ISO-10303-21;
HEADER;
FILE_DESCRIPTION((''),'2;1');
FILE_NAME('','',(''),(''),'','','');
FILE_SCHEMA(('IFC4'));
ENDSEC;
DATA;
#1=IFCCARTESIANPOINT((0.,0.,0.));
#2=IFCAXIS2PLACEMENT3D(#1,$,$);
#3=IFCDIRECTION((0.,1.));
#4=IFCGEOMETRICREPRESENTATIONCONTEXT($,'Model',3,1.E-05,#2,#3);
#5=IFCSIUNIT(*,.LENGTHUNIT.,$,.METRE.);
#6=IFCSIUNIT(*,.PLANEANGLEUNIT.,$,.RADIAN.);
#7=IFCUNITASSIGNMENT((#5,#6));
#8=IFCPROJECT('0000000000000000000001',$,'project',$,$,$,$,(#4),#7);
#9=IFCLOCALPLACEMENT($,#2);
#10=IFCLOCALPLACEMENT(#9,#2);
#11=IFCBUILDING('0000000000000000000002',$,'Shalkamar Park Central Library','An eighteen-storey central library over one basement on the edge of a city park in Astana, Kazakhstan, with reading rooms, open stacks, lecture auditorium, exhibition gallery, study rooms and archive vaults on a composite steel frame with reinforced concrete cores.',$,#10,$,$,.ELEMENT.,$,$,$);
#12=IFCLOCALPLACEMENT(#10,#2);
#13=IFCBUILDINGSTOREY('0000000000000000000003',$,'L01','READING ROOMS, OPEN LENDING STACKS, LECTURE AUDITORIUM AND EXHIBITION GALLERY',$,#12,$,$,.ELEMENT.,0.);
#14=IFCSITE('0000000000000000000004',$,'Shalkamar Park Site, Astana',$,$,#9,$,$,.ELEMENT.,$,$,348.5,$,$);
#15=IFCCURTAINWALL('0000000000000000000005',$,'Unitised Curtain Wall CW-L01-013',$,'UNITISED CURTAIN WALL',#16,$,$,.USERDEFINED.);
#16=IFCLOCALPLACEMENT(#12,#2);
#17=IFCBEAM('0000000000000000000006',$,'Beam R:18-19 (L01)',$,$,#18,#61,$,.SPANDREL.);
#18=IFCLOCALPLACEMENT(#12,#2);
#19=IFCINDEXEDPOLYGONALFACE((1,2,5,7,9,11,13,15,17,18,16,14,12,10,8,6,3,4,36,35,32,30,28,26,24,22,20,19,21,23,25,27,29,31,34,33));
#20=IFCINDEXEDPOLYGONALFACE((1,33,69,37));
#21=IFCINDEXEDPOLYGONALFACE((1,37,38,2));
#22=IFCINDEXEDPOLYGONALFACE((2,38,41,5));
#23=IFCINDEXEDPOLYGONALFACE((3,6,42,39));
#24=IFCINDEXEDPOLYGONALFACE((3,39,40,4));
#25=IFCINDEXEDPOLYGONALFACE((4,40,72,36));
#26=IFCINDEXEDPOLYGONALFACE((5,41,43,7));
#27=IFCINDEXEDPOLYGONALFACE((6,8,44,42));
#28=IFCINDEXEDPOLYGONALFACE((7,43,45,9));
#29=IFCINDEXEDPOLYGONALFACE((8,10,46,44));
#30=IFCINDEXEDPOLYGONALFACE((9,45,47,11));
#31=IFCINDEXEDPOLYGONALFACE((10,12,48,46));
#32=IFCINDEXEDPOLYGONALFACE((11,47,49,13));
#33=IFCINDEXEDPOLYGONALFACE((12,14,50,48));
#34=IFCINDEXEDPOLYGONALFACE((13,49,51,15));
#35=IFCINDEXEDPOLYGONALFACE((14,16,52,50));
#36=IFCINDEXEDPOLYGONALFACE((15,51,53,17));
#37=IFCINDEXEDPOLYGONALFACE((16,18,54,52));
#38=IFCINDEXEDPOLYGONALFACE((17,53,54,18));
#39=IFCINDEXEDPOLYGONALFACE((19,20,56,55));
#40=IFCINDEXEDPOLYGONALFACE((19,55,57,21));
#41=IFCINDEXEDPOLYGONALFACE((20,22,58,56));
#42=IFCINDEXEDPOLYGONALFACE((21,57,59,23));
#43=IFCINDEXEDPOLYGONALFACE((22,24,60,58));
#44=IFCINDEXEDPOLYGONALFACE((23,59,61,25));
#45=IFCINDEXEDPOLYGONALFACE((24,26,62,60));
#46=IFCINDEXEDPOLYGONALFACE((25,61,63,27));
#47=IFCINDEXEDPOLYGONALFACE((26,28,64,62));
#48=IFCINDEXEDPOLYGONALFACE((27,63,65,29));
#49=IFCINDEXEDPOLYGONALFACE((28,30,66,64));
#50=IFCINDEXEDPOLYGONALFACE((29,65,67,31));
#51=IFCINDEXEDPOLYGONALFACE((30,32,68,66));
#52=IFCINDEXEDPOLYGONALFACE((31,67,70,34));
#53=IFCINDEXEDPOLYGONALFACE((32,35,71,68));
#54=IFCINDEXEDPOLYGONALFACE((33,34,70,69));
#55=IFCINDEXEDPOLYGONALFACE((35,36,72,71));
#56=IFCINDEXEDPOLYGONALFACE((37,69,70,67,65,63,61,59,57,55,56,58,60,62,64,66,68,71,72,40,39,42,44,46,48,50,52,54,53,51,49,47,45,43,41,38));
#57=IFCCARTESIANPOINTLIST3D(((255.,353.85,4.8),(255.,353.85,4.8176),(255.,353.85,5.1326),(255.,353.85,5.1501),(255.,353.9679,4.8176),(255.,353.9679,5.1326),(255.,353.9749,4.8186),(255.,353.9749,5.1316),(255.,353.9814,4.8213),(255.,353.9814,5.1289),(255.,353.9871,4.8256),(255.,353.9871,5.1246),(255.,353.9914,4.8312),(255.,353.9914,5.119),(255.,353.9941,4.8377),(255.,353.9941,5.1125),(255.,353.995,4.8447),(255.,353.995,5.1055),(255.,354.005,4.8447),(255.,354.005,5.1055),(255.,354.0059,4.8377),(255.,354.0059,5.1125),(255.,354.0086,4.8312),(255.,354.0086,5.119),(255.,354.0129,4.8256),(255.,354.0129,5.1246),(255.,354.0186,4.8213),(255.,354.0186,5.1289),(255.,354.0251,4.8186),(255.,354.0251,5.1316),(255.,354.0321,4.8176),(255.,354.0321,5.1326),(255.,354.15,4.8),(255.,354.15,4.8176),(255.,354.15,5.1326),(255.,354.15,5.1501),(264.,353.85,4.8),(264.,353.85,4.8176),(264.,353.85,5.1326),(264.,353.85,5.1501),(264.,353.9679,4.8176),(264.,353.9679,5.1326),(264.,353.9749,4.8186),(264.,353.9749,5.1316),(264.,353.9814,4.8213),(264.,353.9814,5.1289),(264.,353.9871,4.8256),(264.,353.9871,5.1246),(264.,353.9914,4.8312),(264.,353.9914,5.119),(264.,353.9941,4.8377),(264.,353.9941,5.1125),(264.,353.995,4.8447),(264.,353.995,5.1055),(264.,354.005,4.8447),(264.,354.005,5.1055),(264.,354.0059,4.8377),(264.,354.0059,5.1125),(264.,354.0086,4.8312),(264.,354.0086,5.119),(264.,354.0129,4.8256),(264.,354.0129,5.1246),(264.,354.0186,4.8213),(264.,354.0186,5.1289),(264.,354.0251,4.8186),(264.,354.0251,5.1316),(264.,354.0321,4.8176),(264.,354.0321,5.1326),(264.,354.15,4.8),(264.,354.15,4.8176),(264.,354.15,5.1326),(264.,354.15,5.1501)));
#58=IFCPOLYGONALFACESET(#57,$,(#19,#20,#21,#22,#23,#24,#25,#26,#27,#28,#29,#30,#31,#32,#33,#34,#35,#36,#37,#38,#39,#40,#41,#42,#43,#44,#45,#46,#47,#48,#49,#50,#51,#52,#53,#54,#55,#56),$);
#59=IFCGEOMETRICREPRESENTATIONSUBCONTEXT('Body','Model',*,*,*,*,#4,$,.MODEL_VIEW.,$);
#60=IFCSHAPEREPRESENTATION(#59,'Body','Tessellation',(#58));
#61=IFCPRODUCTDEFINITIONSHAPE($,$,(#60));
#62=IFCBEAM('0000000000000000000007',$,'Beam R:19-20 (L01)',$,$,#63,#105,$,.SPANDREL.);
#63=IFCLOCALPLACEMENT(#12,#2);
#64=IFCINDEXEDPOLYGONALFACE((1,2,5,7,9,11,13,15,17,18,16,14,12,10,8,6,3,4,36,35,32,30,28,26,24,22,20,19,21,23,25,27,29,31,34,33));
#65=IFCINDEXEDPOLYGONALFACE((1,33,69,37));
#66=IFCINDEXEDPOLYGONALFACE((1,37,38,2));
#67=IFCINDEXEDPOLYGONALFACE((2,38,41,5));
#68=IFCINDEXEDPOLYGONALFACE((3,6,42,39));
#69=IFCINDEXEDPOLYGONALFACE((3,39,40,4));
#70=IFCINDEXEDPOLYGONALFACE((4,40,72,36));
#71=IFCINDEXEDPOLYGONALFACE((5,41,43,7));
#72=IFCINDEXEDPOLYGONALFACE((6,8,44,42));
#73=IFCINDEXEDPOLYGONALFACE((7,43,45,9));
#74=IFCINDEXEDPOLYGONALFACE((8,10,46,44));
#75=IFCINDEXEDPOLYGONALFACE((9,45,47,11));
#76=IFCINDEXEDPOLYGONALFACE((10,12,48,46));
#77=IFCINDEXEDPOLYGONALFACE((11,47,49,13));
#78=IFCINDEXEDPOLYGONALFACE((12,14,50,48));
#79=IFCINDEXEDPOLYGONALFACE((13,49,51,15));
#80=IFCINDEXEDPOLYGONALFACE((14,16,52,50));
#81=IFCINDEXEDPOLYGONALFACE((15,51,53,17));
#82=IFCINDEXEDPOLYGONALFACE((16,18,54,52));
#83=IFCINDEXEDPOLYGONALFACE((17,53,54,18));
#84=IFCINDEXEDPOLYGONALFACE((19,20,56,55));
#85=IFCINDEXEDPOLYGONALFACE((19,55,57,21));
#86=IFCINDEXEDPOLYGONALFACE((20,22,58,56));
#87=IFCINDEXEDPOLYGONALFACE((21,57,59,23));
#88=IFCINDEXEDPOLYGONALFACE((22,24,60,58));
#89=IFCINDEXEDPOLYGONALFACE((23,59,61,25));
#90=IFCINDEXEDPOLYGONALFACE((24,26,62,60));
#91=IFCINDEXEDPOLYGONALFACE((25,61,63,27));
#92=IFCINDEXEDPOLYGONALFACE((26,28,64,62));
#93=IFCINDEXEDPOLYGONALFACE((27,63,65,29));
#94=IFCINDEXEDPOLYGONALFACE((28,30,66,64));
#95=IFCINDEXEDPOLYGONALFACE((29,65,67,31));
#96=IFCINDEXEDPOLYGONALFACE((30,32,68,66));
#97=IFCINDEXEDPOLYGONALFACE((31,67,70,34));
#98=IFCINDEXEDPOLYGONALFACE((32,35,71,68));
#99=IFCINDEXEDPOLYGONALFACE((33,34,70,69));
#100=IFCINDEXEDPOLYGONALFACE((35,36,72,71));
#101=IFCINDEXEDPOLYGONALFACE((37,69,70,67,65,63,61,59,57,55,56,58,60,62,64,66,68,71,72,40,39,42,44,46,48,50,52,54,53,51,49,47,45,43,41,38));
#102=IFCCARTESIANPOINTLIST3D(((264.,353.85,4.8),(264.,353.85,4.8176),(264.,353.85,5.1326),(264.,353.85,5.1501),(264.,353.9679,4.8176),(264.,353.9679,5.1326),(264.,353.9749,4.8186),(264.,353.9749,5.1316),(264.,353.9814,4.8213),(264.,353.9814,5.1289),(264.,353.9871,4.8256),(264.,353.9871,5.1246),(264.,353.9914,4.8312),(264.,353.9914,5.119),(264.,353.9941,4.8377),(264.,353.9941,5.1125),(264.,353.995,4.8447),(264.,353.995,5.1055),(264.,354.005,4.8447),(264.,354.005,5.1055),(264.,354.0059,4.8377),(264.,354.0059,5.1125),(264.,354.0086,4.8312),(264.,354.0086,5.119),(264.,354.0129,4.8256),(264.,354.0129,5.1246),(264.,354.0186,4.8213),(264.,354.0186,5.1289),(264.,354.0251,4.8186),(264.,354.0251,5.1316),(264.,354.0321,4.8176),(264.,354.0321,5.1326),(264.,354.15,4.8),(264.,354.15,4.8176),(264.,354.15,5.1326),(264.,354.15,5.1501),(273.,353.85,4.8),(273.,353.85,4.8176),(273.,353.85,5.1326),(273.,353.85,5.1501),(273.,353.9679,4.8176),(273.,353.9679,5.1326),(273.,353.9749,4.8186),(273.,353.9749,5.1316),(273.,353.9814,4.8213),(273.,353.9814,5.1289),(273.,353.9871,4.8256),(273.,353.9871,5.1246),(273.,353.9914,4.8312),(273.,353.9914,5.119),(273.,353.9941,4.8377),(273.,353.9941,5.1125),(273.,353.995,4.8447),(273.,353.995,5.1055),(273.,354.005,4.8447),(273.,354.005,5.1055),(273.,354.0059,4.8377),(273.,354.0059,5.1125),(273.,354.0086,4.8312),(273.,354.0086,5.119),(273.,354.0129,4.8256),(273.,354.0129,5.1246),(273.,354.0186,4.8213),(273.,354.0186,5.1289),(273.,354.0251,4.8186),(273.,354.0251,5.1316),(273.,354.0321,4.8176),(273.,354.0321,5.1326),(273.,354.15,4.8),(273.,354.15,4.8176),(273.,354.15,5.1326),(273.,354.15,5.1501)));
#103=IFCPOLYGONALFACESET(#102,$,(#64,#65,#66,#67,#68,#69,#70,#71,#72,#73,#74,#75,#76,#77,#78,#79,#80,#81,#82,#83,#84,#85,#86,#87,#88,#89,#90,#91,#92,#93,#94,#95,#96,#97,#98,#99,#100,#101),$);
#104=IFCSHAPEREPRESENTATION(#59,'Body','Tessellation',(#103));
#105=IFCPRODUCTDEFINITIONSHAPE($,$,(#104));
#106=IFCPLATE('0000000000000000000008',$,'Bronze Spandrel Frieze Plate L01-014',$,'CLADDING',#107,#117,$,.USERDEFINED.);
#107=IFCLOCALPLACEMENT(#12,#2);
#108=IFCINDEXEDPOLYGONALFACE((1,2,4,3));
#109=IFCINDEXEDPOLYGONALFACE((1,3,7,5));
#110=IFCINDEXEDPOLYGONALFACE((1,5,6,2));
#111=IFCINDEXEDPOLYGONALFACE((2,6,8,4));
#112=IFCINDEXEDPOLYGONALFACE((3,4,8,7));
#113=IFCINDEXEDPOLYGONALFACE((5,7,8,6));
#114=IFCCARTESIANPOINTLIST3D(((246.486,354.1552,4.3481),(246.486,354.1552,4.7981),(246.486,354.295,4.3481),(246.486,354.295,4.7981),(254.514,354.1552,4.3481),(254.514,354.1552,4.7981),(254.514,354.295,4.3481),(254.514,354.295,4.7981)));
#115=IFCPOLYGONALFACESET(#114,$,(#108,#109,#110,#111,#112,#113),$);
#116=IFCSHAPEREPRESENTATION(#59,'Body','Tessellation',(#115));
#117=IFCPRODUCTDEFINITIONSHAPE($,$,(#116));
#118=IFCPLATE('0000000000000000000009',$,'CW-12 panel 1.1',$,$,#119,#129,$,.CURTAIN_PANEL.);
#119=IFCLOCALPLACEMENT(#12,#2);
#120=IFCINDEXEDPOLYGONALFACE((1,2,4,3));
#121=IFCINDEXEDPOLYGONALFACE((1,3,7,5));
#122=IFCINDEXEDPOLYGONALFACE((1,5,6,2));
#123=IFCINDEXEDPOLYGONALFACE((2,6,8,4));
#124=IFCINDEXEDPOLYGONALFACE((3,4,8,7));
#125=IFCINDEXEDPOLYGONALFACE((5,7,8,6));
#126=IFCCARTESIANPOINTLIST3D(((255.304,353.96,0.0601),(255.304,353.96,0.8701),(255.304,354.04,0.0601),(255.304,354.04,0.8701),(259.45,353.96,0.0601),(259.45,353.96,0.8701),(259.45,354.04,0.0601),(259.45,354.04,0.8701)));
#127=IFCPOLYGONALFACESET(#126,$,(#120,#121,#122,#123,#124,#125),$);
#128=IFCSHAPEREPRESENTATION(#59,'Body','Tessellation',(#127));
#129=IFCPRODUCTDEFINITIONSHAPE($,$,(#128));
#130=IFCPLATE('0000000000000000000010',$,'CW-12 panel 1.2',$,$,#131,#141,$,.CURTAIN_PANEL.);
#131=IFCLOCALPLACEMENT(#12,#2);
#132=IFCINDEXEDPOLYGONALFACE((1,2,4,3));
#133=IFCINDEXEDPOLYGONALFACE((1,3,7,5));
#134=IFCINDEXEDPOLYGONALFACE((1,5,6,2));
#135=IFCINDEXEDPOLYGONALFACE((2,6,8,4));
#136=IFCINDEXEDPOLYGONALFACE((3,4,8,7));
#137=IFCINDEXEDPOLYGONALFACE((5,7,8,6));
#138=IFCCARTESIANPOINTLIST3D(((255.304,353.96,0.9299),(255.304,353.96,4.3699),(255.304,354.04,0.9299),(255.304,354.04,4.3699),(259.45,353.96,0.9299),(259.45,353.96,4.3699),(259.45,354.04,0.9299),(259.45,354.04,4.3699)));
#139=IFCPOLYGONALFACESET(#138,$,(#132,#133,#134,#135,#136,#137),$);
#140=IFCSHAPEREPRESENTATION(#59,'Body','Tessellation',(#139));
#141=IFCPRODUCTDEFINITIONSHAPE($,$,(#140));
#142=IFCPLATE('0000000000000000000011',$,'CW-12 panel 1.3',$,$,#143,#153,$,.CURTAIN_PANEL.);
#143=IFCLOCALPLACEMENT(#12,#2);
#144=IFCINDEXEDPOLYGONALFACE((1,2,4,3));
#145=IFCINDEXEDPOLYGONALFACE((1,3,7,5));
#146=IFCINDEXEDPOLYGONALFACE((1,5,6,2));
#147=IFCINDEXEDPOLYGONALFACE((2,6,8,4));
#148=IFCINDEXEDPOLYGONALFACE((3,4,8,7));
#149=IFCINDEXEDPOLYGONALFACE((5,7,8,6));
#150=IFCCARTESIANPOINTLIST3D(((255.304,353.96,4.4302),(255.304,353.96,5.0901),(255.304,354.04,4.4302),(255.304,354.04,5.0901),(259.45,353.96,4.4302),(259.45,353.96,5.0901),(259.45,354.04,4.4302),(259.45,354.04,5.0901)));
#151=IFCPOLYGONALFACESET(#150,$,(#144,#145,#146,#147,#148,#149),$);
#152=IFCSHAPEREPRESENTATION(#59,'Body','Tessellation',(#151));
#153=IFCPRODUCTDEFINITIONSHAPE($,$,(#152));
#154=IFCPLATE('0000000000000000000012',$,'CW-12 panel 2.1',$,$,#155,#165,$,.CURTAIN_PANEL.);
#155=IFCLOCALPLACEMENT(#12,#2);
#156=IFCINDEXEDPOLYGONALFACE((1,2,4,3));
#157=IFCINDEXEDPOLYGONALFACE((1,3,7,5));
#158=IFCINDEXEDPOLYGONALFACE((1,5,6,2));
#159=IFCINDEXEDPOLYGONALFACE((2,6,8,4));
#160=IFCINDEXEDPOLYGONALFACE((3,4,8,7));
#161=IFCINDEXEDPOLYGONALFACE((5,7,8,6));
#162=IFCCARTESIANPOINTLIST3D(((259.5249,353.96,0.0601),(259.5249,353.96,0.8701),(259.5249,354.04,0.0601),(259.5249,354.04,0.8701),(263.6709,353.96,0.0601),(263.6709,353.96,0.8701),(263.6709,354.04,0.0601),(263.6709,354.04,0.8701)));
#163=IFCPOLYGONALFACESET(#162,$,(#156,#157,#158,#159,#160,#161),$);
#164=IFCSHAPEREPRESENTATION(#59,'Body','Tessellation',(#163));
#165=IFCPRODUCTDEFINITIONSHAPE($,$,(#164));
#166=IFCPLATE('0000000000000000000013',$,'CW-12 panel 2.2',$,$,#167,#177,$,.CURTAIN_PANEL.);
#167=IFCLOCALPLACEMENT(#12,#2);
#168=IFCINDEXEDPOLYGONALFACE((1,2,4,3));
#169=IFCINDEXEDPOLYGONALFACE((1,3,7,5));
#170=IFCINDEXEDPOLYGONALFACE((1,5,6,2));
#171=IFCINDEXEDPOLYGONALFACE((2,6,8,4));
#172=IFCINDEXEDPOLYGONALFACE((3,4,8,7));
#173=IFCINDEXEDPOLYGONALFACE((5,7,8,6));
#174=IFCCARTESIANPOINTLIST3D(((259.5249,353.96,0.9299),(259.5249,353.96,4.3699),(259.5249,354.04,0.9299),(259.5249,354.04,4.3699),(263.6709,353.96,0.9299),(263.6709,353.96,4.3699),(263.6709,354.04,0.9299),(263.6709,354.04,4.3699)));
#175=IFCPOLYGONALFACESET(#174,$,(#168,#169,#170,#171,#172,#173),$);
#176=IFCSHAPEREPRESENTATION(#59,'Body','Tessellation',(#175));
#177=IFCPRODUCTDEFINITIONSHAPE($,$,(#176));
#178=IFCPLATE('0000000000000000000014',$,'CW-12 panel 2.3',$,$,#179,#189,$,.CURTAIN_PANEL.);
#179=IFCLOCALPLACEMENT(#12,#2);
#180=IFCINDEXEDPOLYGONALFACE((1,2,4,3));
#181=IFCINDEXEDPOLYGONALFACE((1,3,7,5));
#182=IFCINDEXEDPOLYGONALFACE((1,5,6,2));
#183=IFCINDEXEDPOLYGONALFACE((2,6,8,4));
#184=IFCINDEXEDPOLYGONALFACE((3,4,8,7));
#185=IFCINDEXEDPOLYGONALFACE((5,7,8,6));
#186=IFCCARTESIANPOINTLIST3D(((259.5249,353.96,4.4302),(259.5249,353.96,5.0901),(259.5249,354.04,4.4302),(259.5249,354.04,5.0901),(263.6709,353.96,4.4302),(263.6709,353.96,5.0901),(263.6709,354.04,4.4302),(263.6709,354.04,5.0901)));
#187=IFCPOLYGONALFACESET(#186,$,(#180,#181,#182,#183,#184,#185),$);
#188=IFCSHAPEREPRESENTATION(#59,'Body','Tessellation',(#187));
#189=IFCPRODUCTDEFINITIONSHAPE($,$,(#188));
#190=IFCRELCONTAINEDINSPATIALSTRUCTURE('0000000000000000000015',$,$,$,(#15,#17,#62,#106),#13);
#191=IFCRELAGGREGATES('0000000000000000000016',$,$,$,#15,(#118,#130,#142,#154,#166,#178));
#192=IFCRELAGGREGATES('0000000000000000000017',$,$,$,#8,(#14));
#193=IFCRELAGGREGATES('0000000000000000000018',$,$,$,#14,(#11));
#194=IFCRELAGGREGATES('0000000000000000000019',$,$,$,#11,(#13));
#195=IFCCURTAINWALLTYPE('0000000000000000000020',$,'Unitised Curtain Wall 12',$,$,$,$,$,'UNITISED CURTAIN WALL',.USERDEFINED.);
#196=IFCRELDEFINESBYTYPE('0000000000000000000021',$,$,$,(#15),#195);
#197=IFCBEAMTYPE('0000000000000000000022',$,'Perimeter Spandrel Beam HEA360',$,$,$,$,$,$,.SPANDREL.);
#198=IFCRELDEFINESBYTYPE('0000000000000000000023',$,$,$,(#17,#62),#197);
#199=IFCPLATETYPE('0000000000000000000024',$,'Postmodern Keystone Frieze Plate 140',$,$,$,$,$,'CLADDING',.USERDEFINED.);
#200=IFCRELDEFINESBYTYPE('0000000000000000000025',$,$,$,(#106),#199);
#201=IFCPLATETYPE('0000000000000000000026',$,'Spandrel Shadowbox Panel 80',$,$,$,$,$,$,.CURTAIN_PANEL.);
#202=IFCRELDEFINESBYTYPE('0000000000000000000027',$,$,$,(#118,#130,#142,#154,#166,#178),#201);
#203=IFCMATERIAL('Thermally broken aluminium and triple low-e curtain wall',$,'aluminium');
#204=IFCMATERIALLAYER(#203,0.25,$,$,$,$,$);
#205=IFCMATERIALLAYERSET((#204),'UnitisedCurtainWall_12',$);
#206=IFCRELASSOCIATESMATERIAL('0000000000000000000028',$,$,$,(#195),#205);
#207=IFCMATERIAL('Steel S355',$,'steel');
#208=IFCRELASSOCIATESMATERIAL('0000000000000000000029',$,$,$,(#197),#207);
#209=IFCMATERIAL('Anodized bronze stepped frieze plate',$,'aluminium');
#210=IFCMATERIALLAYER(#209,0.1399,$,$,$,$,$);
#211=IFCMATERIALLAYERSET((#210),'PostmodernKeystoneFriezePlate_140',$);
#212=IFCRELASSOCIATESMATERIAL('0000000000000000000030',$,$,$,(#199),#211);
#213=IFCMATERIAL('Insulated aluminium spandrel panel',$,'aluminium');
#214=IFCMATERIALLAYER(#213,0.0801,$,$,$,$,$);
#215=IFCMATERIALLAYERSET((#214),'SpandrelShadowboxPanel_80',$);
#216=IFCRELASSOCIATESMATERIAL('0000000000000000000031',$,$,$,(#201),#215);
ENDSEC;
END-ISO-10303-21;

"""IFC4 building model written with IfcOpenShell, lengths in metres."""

from ifc_helpers import new_model, si_unit, direction, frame, origin, origin_2d, place, context, subcontext, project, spatial, rectangle, i_section, extrude, material, layer, layer_set, material_profile, profile_set, type_object, element, aggregate, save


model = new_model("IFC4")

# Units and contexts
model_context = context("Model", 3, precision=1e-05, world=origin(), true_north=direction((0.0, 1.0)))
body_context = subcontext(model_context, "Body", "Model", "MODEL_VIEW")
ifc_project = project(units=[si_unit("LENGTHUNIT", "METRE"), si_unit("PLANEANGLEUNIT", "RADIAN")], contexts=[model_context])

# Site, building, storey
site_placement = place(None, origin())
site = spatial("IfcSite", under=ifc_project, at=site_placement, Name="Shalkamar Park Site, Astana", CompositionType="ELEMENT", RefElevation=348.5)
building_placement = place(site_placement, origin())
building = spatial("IfcBuilding", under=site, at=building_placement, Name="Shalkamar Park Central Library", Description="An eighteen-storey central library over one basement on the edge of a city park in Astana, Kazakhstan, with reading rooms, open stacks, lecture auditorium, exhibition gallery, study rooms and archive vaults on a composite steel frame with reinforced concrete cores.", CompositionType="ELEMENT")
storey_placement = place(building_placement, origin())
storey = spatial("IfcBuildingStorey", under=building, at=storey_placement, Name="L01", Description="READING ROOMS, OPEN LENDING STACKS, LECTURE AUDITORIUM AND EXHIBITION GALLERY", CompositionType="ELEMENT", Elevation=0.0)

# Shared definitions
ifc_material_1 = material(Name="Steel S355", Category="steel")

# Curtain wall
ifc_material_2 = material(Name="Thermally broken aluminium and triple low-e curtain wall", Category="aluminium")
ifc_layer_1 = layer(ifc_material_2, 0.25)
ifc_layer_set_1 = layer_set([ifc_layer_1], Name="UnitisedCurtainWall_12")
curtain_wall_type = type_object("IfcCurtainWallType", Name="Unitised Curtain Wall 12", ElementType="UNITISED CURTAIN WALL", PredefinedType="USERDEFINED", material=ifc_layer_set_1)
curtain_wall_placement = place(storey_placement, origin())
curtain_wall = element("IfcCurtainWall", 1, at=curtain_wall_placement, inside=storey, type_object=curtain_wall_type, Name="Unitised Curtain Wall CW-L01-013", ObjectType="UNITISED CURTAIN WALL", PredefinedType="USERDEFINED")

# Beams
ifc_material_profile_1 = material_profile(ifc_material_1, i_section(OverallWidth=0.3, OverallDepth=0.3501, WebThickness=0.01, FlangeThickness=0.0176, FilletRadius=0.0271, at=origin_2d()), Name="HEA 360")
ifc_profile_set_1 = profile_set([ifc_material_profile_1], Name="Steel S355")
beam_type_1 = type_object("IfcBeamType", Name="Perimeter Spandrel Beam HEA360", PredefinedType="SPANDREL", material=ifc_profile_set_1)
for number, where, z_axis, x_axis, name in (
    (2, (255.0, 354.0, 4.9751), (1.0, 0.0, 0.0), (0.0, 1.0, 0.0), "Beam R:18-19 (L01)"),
    (3, (264.0, 354.0, 4.9751), (1.0, 0.0, 0.0), (0.0, 1.0, 0.0), "Beam R:19-20 (L01)"),
):
    element("IfcBeam", number, at=place(storey_placement, frame(where, z_axis=z_axis, x_axis=x_axis)), inside=storey, type_object=beam_type_1, Name=name, PredefinedType="SPANDREL", context=body_context, shape_type="SweptSolid", body=[
        extrude(i_section(OverallWidth=0.3, OverallDepth=0.3501, WebThickness=0.01, FlangeThickness=0.0176, FilletRadius=0.0271, at=origin_2d()), origin(), (0.0, 0.0, 1.0), 9.0),
    ])

# Plates
ifc_material_3 = material(Name="Anodized bronze stepped frieze plate", Category="aluminium")
ifc_layer_2 = layer(ifc_material_3, 0.1399)
ifc_layer_set_2 = layer_set([ifc_layer_2], Name="PostmodernKeystoneFriezePlate_140")
plate_type_1 = type_object("IfcPlateType", Name="Postmodern Keystone Frieze Plate 140", ElementType="CLADDING", PredefinedType="USERDEFINED", material=ifc_layer_set_2)
plate_1_placement = place(storey_placement, frame((250.5, 354.2251, 4.3481), z_axis=(0.0, 0.0, 1.0), x_axis=(1.0, 0.0, 0.0)))
element("IfcPlate", 4, at=plate_1_placement, inside=storey, type_object=plate_type_1, Name="Bronze Spandrel Frieze Plate L01-014", ObjectType="CLADDING", PredefinedType="USERDEFINED", context=body_context, shape_type="SweptSolid", body=[
    extrude(rectangle(XDim=8.0281, YDim=0.1399, at=origin_2d()), origin(), (0.0, 0.0, 1.0), 0.45),
])
ifc_material_4 = material(Name="Insulated aluminium spandrel panel", Category="aluminium")
ifc_layer_3 = layer(ifc_material_4, 0.0801)
ifc_layer_set_3 = layer_set([ifc_layer_3], Name="SpandrelShadowboxPanel_80")
plate_type_2 = type_object("IfcPlateType", Name="Spandrel Shadowbox Panel 80", PredefinedType="CURTAIN_PANEL", material=ifc_layer_set_3)
plate_2_placement = place(storey_placement, frame((257.377, 354.0, 0.0601), z_axis=(0.0, 0.0, 1.0), x_axis=(1.0, 0.0, 0.0)))
plate_2 = element("IfcPlate", 5, at=plate_2_placement, type_object=plate_type_2, Name="CW-12 panel 1.1", PredefinedType="CURTAIN_PANEL", context=body_context, shape_type="SweptSolid", body=[
    extrude(rectangle(XDim=4.146, YDim=0.0801, at=origin_2d()), origin(), (0.0, 0.0, 1.0), 0.8101),
])
plate_3_placement = place(storey_placement, frame((257.377, 354.0, 0.9299), z_axis=(0.0, 0.0, 1.0), x_axis=(1.0, 0.0, 0.0)))
plate_3 = element("IfcPlate", 6, at=plate_3_placement, type_object=plate_type_2, Name="CW-12 panel 1.2", PredefinedType="CURTAIN_PANEL", context=body_context, shape_type="SweptSolid", body=[
    extrude(rectangle(XDim=4.146, YDim=0.0801, at=origin_2d()), origin(), (0.0, 0.0, 1.0), 3.4399),
])
plate_4_placement = place(storey_placement, frame((257.377, 354.0, 4.4302), z_axis=(0.0, 0.0, 1.0), x_axis=(1.0, 0.0, 0.0)))
plate_4 = element("IfcPlate", 7, at=plate_4_placement, type_object=plate_type_2, Name="CW-12 panel 1.3", PredefinedType="CURTAIN_PANEL", context=body_context, shape_type="SweptSolid", body=[
    extrude(rectangle(XDim=4.146, YDim=0.0801, at=origin_2d()), origin(), (0.0, 0.0, 1.0), 0.6599),
])
plate_5_placement = place(storey_placement, frame((261.5979, 354.0, 0.0601), z_axis=(0.0, 0.0, 1.0), x_axis=(1.0, 0.0, 0.0)))
plate_5 = element("IfcPlate", 8, at=plate_5_placement, type_object=plate_type_2, Name="CW-12 panel 2.1", PredefinedType="CURTAIN_PANEL", context=body_context, shape_type="SweptSolid", body=[
    extrude(rectangle(XDim=4.146, YDim=0.0801, at=origin_2d()), origin(), (0.0, 0.0, 1.0), 0.8101),
])
plate_6_placement = place(storey_placement, frame((261.5979, 354.0, 0.9299), z_axis=(0.0, 0.0, 1.0), x_axis=(1.0, 0.0, 0.0)))
plate_6 = element("IfcPlate", 9, at=plate_6_placement, type_object=plate_type_2, Name="CW-12 panel 2.2", PredefinedType="CURTAIN_PANEL", context=body_context, shape_type="SweptSolid", body=[
    extrude(rectangle(XDim=4.146, YDim=0.0801, at=origin_2d()), origin(), (0.0, 0.0, 1.0), 3.4399),
])
plate_7_placement = place(storey_placement, frame((261.5979, 354.0, 4.4302), z_axis=(0.0, 0.0, 1.0), x_axis=(1.0, 0.0, 0.0)))
plate_7 = element("IfcPlate", 10, at=plate_7_placement, type_object=plate_type_2, Name="CW-12 panel 2.3", PredefinedType="CURTAIN_PANEL", context=body_context, shape_type="SweptSolid", body=[
    extrude(rectangle(XDim=4.146, YDim=0.0801, at=origin_2d()), origin(), (0.0, 0.0, 1.0), 0.6599),
])
aggregate(curtain_wall, [plate_2, plate_3, plate_4, plate_5, plate_6, plate_7])

save(model, "model.ifc")
